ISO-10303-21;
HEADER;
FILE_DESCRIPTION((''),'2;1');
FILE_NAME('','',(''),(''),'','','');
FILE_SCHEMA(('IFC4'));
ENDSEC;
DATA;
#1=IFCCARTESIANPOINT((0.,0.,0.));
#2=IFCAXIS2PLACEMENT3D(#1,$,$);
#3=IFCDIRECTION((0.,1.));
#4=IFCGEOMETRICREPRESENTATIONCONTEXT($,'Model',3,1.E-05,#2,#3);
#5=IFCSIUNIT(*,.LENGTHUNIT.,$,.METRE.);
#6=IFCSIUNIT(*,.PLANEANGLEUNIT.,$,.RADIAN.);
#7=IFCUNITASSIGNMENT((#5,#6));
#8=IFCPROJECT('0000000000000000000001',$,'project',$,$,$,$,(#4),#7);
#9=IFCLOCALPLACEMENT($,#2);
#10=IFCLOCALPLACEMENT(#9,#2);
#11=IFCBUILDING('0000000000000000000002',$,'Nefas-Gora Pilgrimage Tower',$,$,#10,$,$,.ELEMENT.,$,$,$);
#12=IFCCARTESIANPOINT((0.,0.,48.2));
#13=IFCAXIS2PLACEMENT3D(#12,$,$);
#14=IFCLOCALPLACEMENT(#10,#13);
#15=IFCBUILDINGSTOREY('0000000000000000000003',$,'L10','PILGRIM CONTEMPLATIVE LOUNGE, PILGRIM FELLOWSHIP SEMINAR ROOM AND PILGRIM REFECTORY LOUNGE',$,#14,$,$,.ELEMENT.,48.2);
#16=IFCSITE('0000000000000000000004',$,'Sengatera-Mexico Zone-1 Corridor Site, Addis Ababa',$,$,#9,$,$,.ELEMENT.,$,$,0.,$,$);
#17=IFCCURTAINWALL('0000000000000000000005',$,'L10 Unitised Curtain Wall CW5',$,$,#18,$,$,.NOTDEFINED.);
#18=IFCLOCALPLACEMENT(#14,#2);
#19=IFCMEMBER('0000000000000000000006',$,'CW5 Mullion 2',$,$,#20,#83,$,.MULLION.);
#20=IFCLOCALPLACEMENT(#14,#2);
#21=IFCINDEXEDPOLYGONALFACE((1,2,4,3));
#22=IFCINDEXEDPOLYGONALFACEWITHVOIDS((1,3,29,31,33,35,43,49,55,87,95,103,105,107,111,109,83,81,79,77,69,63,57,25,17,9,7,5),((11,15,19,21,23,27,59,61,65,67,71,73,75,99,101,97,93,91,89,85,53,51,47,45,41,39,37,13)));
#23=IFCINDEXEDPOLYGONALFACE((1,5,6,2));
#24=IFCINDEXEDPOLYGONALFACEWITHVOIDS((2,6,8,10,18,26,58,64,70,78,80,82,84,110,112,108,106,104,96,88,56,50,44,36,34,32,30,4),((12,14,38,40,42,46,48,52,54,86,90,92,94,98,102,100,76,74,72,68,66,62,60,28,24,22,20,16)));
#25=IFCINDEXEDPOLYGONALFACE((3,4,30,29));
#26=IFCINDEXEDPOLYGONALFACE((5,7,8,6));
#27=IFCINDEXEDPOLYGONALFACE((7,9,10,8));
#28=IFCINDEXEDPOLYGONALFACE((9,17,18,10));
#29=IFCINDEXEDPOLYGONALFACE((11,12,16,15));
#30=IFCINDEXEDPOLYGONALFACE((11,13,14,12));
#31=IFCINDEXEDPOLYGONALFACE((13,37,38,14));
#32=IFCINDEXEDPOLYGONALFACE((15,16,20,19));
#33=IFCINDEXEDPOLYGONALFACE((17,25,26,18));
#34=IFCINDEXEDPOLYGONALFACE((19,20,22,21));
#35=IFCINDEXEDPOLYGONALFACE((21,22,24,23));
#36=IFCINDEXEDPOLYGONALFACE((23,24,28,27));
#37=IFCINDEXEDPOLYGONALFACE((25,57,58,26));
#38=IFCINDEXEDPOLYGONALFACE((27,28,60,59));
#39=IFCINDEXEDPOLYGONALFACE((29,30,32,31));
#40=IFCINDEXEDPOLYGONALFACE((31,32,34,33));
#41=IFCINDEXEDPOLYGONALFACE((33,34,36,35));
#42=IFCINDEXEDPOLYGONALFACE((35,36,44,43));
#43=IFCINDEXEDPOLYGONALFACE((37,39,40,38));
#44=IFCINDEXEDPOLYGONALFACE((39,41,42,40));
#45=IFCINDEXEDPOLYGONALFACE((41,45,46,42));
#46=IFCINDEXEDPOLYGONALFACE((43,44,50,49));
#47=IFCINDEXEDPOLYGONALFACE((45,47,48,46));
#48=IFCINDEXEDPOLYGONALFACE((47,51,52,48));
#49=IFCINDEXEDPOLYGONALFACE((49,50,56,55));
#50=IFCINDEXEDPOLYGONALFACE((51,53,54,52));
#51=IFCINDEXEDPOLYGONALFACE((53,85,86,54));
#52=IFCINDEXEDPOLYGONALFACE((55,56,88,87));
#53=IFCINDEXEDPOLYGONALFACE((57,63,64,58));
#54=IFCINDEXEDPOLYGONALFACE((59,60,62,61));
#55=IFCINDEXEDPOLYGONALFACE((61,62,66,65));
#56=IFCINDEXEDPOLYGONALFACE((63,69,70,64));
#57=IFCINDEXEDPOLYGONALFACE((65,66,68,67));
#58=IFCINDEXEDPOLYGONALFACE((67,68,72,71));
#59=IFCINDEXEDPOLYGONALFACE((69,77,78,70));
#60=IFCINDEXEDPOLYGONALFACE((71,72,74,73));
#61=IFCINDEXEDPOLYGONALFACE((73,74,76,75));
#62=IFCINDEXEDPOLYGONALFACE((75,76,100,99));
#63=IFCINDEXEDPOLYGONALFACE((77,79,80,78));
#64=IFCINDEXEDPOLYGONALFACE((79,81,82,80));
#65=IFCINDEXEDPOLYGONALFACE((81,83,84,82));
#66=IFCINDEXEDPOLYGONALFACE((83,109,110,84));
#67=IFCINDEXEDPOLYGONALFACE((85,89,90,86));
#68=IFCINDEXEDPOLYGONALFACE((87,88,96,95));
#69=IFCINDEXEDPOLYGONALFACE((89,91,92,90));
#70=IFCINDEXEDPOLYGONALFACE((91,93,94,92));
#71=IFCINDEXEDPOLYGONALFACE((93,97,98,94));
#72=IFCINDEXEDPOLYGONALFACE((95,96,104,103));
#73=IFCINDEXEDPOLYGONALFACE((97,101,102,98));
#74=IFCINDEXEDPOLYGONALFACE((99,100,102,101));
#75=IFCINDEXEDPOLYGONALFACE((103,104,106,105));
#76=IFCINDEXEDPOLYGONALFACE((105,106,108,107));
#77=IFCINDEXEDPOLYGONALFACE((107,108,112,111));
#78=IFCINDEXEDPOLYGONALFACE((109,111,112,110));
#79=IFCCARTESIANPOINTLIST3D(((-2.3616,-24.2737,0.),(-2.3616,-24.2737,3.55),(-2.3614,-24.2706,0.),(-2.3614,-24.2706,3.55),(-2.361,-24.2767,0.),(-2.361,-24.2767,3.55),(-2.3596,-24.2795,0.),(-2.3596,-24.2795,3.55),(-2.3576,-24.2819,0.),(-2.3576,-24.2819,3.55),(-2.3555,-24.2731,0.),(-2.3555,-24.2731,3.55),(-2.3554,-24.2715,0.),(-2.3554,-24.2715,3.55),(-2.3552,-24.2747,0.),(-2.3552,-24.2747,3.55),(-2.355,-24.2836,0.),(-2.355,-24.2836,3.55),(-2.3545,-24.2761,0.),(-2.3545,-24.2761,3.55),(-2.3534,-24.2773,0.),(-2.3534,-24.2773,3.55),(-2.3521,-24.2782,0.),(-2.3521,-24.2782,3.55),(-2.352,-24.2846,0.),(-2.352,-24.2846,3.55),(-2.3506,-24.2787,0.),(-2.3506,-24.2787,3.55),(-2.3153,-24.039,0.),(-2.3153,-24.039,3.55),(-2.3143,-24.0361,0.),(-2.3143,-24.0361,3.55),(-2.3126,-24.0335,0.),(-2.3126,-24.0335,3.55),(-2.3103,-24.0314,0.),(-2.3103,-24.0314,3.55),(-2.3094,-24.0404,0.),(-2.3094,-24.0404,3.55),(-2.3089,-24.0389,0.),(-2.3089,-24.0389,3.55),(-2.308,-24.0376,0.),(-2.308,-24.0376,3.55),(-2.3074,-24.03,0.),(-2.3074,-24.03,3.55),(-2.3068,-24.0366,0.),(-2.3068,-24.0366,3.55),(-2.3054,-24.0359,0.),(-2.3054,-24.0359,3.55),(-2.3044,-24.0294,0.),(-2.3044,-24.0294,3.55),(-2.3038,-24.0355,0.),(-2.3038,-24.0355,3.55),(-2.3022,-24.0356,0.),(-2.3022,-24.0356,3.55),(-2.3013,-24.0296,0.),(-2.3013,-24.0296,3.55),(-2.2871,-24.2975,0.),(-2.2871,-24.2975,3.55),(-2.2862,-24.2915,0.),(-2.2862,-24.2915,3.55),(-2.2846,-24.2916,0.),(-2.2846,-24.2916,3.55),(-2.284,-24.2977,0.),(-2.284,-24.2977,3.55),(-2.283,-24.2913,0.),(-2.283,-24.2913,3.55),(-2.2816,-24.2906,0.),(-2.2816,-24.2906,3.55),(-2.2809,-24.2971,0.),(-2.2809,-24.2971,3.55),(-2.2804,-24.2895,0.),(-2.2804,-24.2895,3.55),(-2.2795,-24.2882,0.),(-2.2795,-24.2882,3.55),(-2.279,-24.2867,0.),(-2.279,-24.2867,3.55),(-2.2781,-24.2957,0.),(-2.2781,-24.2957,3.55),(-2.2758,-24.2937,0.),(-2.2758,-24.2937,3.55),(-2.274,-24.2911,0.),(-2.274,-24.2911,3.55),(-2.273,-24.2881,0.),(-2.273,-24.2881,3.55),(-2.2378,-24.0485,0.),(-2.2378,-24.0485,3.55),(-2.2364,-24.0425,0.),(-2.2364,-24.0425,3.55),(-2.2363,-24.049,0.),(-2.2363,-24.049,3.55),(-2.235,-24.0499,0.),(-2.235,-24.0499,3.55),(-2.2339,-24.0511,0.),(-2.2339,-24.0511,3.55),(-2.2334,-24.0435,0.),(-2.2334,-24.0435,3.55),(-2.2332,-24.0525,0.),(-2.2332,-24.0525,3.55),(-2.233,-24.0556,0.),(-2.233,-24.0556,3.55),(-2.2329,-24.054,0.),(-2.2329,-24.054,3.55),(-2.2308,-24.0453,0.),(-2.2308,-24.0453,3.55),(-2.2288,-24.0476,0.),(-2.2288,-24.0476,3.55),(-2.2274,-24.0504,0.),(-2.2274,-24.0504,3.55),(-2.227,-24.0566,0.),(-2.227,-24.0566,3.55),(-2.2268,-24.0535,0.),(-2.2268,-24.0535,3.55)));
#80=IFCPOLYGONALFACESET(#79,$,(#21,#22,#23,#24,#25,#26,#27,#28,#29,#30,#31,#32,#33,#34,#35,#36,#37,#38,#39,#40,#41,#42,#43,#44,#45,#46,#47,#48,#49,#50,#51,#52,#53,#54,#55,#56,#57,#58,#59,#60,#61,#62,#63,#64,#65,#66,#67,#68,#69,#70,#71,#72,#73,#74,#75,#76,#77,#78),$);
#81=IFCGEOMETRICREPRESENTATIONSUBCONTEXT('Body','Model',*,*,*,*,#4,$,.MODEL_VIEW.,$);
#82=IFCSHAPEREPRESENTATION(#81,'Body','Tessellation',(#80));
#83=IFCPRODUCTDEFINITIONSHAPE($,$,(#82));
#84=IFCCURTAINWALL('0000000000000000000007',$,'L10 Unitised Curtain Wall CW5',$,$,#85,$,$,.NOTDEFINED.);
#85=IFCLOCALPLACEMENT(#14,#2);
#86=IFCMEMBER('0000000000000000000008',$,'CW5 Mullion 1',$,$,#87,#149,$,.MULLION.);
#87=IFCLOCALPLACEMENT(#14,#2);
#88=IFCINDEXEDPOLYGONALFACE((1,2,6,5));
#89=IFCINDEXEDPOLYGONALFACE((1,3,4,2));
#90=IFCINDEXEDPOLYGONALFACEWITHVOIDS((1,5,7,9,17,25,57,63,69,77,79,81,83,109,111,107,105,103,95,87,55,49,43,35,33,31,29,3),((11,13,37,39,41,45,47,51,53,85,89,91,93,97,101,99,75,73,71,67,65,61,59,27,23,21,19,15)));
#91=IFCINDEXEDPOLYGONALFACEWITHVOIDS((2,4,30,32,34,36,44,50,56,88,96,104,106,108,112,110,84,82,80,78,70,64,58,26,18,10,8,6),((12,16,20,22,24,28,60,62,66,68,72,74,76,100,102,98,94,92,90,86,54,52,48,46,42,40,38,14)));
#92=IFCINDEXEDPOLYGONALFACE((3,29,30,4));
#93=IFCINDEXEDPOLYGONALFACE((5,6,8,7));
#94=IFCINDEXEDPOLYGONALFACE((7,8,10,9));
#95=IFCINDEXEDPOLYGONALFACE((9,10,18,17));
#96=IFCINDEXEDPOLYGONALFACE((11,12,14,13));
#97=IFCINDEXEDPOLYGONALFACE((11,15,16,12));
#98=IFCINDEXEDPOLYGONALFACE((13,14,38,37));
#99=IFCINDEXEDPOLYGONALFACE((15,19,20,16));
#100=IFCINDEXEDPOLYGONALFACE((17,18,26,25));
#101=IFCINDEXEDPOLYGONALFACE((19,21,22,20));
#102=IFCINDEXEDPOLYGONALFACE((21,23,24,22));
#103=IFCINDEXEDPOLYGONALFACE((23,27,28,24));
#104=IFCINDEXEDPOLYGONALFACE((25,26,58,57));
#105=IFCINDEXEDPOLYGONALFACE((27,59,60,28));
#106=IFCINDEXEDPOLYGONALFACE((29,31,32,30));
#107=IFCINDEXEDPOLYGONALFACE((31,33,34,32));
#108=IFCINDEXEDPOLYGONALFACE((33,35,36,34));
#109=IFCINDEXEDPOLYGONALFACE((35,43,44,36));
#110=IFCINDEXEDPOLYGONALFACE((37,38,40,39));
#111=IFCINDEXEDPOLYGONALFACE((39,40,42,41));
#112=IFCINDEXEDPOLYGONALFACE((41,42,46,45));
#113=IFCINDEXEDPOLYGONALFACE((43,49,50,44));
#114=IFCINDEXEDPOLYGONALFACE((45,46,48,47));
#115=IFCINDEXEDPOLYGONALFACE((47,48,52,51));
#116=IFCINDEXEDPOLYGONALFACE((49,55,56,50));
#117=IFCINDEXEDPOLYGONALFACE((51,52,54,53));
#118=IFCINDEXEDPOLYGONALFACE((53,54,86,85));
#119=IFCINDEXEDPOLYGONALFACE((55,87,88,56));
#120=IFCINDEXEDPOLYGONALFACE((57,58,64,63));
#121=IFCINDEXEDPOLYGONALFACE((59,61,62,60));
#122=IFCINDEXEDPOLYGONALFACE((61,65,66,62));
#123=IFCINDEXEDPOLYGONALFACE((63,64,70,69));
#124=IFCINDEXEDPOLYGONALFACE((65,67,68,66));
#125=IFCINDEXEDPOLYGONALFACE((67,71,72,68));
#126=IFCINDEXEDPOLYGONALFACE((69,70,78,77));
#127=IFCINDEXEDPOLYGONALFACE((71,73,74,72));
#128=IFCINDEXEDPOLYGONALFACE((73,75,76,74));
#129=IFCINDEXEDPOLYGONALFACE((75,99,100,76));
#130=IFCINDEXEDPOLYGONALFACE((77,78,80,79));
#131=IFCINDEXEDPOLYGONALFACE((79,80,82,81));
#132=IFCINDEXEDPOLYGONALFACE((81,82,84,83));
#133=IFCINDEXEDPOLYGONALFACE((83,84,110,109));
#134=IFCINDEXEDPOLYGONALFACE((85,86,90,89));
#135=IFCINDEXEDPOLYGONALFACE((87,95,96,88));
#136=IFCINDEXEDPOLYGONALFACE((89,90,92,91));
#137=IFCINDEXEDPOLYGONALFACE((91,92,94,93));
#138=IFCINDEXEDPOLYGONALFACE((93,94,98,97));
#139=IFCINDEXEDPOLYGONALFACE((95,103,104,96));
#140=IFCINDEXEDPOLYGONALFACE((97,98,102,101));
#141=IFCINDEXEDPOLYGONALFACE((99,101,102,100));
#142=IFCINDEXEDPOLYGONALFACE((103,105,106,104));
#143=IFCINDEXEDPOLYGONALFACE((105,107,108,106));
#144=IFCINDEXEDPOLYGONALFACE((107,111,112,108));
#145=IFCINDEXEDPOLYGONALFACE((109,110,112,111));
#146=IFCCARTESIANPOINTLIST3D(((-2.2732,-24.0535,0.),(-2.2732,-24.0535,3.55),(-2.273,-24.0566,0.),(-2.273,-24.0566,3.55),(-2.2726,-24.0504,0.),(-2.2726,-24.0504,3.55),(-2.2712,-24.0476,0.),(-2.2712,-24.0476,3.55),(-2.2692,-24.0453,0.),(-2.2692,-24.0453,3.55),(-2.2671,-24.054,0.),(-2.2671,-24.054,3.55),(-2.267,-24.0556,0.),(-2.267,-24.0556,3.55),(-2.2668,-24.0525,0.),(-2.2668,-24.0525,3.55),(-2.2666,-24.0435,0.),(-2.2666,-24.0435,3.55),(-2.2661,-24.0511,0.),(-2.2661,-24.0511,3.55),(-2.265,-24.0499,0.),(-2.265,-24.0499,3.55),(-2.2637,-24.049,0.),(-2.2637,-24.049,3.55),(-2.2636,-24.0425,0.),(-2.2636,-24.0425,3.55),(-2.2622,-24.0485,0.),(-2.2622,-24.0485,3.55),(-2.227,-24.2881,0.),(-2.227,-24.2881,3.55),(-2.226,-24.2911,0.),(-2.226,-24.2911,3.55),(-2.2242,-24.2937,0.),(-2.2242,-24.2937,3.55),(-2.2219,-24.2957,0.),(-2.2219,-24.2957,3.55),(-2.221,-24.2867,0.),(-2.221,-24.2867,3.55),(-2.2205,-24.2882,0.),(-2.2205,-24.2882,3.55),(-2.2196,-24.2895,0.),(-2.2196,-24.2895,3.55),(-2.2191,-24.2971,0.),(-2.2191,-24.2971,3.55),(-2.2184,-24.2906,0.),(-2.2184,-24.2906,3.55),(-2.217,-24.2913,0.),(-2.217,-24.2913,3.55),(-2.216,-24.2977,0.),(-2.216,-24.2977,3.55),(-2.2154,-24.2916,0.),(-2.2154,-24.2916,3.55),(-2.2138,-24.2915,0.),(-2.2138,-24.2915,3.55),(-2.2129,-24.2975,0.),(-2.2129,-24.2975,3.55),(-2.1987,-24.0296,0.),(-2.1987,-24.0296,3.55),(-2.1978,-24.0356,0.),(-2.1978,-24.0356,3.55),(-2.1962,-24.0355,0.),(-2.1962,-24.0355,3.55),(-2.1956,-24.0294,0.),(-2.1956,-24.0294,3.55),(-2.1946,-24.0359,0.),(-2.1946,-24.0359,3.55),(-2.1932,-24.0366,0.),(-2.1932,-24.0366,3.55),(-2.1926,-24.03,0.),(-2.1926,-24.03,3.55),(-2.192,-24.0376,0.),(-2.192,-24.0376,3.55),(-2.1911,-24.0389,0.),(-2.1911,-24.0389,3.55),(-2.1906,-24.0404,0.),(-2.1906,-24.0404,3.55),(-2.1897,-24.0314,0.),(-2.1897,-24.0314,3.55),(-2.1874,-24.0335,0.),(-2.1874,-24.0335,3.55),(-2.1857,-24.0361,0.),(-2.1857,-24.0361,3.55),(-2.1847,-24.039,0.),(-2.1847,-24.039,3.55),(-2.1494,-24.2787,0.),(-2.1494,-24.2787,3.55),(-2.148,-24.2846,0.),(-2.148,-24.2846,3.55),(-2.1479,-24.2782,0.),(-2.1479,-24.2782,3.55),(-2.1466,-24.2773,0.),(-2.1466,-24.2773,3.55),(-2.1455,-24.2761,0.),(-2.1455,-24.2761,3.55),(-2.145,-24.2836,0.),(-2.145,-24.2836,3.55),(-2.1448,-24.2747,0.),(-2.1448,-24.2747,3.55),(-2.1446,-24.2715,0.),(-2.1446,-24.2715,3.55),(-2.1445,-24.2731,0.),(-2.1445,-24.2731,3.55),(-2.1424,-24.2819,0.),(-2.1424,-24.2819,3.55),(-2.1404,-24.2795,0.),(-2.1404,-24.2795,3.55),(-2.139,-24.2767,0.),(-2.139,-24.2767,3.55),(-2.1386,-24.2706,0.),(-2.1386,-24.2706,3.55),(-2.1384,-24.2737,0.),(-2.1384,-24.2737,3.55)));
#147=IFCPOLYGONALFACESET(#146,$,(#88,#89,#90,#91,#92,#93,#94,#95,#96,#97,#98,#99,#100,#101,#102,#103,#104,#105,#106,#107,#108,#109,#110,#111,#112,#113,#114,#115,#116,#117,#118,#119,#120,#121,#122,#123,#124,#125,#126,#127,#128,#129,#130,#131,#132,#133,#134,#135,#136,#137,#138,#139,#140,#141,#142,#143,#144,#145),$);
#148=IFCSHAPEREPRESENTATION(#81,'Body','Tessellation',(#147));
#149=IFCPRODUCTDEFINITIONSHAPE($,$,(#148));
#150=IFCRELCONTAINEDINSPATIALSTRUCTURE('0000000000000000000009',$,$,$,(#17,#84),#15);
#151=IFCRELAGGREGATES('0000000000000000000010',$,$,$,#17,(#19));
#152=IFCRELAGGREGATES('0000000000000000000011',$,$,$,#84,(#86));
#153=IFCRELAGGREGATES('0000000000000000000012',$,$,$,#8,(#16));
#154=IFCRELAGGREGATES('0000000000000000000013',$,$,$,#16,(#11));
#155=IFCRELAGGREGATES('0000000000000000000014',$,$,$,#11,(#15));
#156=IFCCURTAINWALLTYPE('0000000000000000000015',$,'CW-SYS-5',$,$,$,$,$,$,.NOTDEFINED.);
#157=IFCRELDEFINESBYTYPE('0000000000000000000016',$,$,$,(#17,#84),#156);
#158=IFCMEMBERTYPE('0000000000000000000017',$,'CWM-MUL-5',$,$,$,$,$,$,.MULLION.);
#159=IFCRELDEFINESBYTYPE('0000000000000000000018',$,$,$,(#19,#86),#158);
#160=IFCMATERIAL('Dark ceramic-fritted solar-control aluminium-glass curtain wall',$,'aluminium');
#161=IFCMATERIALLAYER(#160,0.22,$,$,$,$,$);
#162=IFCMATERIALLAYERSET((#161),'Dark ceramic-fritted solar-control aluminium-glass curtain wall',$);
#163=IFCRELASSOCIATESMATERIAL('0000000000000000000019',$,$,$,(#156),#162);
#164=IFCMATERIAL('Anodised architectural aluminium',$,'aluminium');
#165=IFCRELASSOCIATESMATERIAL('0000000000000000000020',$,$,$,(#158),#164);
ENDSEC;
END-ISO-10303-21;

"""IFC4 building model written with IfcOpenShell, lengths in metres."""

from ifc_helpers import new_model, si_unit, direction, frame, origin, origin_2d, place, context, subcontext, project, spatial, hollow_rectangle, extrude, source, transform, mapped, material, layer, layer_set, material_profile, profile_set, type_object, element, aggregate, save


model = new_model("IFC4")

# Units and contexts
model_context = context("Model", 3, precision=1e-05, world=origin(), true_north=direction((0.0, 1.0)))
body_context = subcontext(model_context, "Body", "Model", "MODEL_VIEW")
ifc_project = project(units=[si_unit("LENGTHUNIT", "METRE"), si_unit("PLANEANGLEUNIT", "RADIAN")], contexts=[model_context])

# Site, building, storey
site_placement = place(None, origin())
site = spatial("IfcSite", under=ifc_project, at=site_placement, Name="Sengatera-Mexico Zone-1 Corridor Site, Addis Ababa", CompositionType="ELEMENT", RefElevation=0.0)
building_placement = place(site_placement, origin())
building = spatial("IfcBuilding", under=site, at=building_placement, Name="Nefas-Gora Pilgrimage Tower", CompositionType="ELEMENT")
storey_placement = place(building_placement, frame((0.0, 0.0, 48.2)))
storey = spatial("IfcBuildingStorey", under=building, at=storey_placement, Name="L10", Description="PILGRIM CONTEMPLATIVE LOUNGE, PILGRIM FELLOWSHIP SEMINAR ROOM AND PILGRIM REFECTORY LOUNGE", CompositionType="ELEMENT", Elevation=48.2)

# Shared definitions
ifc_material_1 = material(Name="Dark ceramic-fritted solar-control aluminium-glass curtain wall", Category="aluminium")
ifc_layer_1 = layer(ifc_material_1, 0.22)
ifc_layer_set_1 = layer_set([ifc_layer_1], Name="Dark ceramic-fritted solar-control aluminium-glass curtain wall")
curtain_wall_type = type_object("IfcCurtainWallType", Name="CW-SYS-5", PredefinedType="NOTDEFINED", material=ifc_layer_set_1)
ifc_material_2 = material(Name="Anodised architectural aluminium", Category="aluminium")
ifc_material_profile_1 = material_profile(ifc_material_2, hollow_rectangle(XDim=0.0901, YDim=0.26, WallThickness=0.0061, InnerFilletRadius=0.0061, OuterFilletRadius=0.012, at=origin_2d()), Name="ALU MULLION 90x260")
ifc_profile_set_1 = profile_set([ifc_material_profile_1], Name="Anodised architectural aluminium")
member_type_1 = type_object("IfcMemberType", Name="CWM-MUL-5", PredefinedType="MULLION", material=ifc_profile_set_1)
shared_shape_1 = source(origin(), body_context, "Body", "SweptSolid", [
    extrude(hollow_rectangle(XDim=0.0901, YDim=0.26, WallThickness=0.0061, InnerFilletRadius=0.0061, OuterFilletRadius=0.012, at=origin_2d()), origin(), (0.0, 0.0, 1.0), 3.55),
])

# Curtain wall, member
curtain_wall_1_placement = place(storey_placement, origin())
curtain_wall_1 = element("IfcCurtainWall", 1, at=curtain_wall_1_placement, inside=storey, type_object=curtain_wall_type, Name="L10 Unitised Curtain Wall CW5", PredefinedType="NOTDEFINED")
member_1_placement = place(storey_placement, frame((-2.2942, -24.1636, 0.0), z_axis=(0.0, 0.0, 1.0), x_axis=(0.980783, -0.195102, 0.0)))
member_1 = element("IfcMember", 2, at=member_1_placement, type_object=member_type_1, Name="CW5 Mullion 2", PredefinedType="MULLION", context=body_context, shape_type="MappedRepresentation", body=[
    mapped(shared_shape_1, transform((0.0, 0.0, 0.0), x_axis=(1.0, 0.0, 0.0), y_axis=(0.0, 1.0, 0.0), z_axis=(0.0, 0.0, 1.0), scale=1.0)),
])

# Curtain wall, member
curtain_wall_2_placement = place(storey_placement, origin())
curtain_wall_2 = element("IfcCurtainWall", 3, at=curtain_wall_2_placement, inside=storey, type_object=curtain_wall_type, Name="L10 Unitised Curtain Wall CW5", PredefinedType="NOTDEFINED")
member_2_placement = place(storey_placement, frame((-2.2058, -24.1636, 0.0), z_axis=(0.0, 0.0, 1.0), x_axis=(0.980783, 0.195102, 0.0)))
member_2 = element("IfcMember", 4, at=member_2_placement, type_object=member_type_1, Name="CW5 Mullion 1", PredefinedType="MULLION", context=body_context, shape_type="MappedRepresentation", body=[
    mapped(shared_shape_1, transform((0.0, 0.0, 0.0), x_axis=(1.0, 0.0, 0.0), y_axis=(0.0, 1.0, 0.0), z_axis=(0.0, 0.0, 1.0), scale=1.0)),
])

aggregate(curtain_wall_1, [member_1])
aggregate(curtain_wall_2, [member_2])

save(model, "model.ifc")
